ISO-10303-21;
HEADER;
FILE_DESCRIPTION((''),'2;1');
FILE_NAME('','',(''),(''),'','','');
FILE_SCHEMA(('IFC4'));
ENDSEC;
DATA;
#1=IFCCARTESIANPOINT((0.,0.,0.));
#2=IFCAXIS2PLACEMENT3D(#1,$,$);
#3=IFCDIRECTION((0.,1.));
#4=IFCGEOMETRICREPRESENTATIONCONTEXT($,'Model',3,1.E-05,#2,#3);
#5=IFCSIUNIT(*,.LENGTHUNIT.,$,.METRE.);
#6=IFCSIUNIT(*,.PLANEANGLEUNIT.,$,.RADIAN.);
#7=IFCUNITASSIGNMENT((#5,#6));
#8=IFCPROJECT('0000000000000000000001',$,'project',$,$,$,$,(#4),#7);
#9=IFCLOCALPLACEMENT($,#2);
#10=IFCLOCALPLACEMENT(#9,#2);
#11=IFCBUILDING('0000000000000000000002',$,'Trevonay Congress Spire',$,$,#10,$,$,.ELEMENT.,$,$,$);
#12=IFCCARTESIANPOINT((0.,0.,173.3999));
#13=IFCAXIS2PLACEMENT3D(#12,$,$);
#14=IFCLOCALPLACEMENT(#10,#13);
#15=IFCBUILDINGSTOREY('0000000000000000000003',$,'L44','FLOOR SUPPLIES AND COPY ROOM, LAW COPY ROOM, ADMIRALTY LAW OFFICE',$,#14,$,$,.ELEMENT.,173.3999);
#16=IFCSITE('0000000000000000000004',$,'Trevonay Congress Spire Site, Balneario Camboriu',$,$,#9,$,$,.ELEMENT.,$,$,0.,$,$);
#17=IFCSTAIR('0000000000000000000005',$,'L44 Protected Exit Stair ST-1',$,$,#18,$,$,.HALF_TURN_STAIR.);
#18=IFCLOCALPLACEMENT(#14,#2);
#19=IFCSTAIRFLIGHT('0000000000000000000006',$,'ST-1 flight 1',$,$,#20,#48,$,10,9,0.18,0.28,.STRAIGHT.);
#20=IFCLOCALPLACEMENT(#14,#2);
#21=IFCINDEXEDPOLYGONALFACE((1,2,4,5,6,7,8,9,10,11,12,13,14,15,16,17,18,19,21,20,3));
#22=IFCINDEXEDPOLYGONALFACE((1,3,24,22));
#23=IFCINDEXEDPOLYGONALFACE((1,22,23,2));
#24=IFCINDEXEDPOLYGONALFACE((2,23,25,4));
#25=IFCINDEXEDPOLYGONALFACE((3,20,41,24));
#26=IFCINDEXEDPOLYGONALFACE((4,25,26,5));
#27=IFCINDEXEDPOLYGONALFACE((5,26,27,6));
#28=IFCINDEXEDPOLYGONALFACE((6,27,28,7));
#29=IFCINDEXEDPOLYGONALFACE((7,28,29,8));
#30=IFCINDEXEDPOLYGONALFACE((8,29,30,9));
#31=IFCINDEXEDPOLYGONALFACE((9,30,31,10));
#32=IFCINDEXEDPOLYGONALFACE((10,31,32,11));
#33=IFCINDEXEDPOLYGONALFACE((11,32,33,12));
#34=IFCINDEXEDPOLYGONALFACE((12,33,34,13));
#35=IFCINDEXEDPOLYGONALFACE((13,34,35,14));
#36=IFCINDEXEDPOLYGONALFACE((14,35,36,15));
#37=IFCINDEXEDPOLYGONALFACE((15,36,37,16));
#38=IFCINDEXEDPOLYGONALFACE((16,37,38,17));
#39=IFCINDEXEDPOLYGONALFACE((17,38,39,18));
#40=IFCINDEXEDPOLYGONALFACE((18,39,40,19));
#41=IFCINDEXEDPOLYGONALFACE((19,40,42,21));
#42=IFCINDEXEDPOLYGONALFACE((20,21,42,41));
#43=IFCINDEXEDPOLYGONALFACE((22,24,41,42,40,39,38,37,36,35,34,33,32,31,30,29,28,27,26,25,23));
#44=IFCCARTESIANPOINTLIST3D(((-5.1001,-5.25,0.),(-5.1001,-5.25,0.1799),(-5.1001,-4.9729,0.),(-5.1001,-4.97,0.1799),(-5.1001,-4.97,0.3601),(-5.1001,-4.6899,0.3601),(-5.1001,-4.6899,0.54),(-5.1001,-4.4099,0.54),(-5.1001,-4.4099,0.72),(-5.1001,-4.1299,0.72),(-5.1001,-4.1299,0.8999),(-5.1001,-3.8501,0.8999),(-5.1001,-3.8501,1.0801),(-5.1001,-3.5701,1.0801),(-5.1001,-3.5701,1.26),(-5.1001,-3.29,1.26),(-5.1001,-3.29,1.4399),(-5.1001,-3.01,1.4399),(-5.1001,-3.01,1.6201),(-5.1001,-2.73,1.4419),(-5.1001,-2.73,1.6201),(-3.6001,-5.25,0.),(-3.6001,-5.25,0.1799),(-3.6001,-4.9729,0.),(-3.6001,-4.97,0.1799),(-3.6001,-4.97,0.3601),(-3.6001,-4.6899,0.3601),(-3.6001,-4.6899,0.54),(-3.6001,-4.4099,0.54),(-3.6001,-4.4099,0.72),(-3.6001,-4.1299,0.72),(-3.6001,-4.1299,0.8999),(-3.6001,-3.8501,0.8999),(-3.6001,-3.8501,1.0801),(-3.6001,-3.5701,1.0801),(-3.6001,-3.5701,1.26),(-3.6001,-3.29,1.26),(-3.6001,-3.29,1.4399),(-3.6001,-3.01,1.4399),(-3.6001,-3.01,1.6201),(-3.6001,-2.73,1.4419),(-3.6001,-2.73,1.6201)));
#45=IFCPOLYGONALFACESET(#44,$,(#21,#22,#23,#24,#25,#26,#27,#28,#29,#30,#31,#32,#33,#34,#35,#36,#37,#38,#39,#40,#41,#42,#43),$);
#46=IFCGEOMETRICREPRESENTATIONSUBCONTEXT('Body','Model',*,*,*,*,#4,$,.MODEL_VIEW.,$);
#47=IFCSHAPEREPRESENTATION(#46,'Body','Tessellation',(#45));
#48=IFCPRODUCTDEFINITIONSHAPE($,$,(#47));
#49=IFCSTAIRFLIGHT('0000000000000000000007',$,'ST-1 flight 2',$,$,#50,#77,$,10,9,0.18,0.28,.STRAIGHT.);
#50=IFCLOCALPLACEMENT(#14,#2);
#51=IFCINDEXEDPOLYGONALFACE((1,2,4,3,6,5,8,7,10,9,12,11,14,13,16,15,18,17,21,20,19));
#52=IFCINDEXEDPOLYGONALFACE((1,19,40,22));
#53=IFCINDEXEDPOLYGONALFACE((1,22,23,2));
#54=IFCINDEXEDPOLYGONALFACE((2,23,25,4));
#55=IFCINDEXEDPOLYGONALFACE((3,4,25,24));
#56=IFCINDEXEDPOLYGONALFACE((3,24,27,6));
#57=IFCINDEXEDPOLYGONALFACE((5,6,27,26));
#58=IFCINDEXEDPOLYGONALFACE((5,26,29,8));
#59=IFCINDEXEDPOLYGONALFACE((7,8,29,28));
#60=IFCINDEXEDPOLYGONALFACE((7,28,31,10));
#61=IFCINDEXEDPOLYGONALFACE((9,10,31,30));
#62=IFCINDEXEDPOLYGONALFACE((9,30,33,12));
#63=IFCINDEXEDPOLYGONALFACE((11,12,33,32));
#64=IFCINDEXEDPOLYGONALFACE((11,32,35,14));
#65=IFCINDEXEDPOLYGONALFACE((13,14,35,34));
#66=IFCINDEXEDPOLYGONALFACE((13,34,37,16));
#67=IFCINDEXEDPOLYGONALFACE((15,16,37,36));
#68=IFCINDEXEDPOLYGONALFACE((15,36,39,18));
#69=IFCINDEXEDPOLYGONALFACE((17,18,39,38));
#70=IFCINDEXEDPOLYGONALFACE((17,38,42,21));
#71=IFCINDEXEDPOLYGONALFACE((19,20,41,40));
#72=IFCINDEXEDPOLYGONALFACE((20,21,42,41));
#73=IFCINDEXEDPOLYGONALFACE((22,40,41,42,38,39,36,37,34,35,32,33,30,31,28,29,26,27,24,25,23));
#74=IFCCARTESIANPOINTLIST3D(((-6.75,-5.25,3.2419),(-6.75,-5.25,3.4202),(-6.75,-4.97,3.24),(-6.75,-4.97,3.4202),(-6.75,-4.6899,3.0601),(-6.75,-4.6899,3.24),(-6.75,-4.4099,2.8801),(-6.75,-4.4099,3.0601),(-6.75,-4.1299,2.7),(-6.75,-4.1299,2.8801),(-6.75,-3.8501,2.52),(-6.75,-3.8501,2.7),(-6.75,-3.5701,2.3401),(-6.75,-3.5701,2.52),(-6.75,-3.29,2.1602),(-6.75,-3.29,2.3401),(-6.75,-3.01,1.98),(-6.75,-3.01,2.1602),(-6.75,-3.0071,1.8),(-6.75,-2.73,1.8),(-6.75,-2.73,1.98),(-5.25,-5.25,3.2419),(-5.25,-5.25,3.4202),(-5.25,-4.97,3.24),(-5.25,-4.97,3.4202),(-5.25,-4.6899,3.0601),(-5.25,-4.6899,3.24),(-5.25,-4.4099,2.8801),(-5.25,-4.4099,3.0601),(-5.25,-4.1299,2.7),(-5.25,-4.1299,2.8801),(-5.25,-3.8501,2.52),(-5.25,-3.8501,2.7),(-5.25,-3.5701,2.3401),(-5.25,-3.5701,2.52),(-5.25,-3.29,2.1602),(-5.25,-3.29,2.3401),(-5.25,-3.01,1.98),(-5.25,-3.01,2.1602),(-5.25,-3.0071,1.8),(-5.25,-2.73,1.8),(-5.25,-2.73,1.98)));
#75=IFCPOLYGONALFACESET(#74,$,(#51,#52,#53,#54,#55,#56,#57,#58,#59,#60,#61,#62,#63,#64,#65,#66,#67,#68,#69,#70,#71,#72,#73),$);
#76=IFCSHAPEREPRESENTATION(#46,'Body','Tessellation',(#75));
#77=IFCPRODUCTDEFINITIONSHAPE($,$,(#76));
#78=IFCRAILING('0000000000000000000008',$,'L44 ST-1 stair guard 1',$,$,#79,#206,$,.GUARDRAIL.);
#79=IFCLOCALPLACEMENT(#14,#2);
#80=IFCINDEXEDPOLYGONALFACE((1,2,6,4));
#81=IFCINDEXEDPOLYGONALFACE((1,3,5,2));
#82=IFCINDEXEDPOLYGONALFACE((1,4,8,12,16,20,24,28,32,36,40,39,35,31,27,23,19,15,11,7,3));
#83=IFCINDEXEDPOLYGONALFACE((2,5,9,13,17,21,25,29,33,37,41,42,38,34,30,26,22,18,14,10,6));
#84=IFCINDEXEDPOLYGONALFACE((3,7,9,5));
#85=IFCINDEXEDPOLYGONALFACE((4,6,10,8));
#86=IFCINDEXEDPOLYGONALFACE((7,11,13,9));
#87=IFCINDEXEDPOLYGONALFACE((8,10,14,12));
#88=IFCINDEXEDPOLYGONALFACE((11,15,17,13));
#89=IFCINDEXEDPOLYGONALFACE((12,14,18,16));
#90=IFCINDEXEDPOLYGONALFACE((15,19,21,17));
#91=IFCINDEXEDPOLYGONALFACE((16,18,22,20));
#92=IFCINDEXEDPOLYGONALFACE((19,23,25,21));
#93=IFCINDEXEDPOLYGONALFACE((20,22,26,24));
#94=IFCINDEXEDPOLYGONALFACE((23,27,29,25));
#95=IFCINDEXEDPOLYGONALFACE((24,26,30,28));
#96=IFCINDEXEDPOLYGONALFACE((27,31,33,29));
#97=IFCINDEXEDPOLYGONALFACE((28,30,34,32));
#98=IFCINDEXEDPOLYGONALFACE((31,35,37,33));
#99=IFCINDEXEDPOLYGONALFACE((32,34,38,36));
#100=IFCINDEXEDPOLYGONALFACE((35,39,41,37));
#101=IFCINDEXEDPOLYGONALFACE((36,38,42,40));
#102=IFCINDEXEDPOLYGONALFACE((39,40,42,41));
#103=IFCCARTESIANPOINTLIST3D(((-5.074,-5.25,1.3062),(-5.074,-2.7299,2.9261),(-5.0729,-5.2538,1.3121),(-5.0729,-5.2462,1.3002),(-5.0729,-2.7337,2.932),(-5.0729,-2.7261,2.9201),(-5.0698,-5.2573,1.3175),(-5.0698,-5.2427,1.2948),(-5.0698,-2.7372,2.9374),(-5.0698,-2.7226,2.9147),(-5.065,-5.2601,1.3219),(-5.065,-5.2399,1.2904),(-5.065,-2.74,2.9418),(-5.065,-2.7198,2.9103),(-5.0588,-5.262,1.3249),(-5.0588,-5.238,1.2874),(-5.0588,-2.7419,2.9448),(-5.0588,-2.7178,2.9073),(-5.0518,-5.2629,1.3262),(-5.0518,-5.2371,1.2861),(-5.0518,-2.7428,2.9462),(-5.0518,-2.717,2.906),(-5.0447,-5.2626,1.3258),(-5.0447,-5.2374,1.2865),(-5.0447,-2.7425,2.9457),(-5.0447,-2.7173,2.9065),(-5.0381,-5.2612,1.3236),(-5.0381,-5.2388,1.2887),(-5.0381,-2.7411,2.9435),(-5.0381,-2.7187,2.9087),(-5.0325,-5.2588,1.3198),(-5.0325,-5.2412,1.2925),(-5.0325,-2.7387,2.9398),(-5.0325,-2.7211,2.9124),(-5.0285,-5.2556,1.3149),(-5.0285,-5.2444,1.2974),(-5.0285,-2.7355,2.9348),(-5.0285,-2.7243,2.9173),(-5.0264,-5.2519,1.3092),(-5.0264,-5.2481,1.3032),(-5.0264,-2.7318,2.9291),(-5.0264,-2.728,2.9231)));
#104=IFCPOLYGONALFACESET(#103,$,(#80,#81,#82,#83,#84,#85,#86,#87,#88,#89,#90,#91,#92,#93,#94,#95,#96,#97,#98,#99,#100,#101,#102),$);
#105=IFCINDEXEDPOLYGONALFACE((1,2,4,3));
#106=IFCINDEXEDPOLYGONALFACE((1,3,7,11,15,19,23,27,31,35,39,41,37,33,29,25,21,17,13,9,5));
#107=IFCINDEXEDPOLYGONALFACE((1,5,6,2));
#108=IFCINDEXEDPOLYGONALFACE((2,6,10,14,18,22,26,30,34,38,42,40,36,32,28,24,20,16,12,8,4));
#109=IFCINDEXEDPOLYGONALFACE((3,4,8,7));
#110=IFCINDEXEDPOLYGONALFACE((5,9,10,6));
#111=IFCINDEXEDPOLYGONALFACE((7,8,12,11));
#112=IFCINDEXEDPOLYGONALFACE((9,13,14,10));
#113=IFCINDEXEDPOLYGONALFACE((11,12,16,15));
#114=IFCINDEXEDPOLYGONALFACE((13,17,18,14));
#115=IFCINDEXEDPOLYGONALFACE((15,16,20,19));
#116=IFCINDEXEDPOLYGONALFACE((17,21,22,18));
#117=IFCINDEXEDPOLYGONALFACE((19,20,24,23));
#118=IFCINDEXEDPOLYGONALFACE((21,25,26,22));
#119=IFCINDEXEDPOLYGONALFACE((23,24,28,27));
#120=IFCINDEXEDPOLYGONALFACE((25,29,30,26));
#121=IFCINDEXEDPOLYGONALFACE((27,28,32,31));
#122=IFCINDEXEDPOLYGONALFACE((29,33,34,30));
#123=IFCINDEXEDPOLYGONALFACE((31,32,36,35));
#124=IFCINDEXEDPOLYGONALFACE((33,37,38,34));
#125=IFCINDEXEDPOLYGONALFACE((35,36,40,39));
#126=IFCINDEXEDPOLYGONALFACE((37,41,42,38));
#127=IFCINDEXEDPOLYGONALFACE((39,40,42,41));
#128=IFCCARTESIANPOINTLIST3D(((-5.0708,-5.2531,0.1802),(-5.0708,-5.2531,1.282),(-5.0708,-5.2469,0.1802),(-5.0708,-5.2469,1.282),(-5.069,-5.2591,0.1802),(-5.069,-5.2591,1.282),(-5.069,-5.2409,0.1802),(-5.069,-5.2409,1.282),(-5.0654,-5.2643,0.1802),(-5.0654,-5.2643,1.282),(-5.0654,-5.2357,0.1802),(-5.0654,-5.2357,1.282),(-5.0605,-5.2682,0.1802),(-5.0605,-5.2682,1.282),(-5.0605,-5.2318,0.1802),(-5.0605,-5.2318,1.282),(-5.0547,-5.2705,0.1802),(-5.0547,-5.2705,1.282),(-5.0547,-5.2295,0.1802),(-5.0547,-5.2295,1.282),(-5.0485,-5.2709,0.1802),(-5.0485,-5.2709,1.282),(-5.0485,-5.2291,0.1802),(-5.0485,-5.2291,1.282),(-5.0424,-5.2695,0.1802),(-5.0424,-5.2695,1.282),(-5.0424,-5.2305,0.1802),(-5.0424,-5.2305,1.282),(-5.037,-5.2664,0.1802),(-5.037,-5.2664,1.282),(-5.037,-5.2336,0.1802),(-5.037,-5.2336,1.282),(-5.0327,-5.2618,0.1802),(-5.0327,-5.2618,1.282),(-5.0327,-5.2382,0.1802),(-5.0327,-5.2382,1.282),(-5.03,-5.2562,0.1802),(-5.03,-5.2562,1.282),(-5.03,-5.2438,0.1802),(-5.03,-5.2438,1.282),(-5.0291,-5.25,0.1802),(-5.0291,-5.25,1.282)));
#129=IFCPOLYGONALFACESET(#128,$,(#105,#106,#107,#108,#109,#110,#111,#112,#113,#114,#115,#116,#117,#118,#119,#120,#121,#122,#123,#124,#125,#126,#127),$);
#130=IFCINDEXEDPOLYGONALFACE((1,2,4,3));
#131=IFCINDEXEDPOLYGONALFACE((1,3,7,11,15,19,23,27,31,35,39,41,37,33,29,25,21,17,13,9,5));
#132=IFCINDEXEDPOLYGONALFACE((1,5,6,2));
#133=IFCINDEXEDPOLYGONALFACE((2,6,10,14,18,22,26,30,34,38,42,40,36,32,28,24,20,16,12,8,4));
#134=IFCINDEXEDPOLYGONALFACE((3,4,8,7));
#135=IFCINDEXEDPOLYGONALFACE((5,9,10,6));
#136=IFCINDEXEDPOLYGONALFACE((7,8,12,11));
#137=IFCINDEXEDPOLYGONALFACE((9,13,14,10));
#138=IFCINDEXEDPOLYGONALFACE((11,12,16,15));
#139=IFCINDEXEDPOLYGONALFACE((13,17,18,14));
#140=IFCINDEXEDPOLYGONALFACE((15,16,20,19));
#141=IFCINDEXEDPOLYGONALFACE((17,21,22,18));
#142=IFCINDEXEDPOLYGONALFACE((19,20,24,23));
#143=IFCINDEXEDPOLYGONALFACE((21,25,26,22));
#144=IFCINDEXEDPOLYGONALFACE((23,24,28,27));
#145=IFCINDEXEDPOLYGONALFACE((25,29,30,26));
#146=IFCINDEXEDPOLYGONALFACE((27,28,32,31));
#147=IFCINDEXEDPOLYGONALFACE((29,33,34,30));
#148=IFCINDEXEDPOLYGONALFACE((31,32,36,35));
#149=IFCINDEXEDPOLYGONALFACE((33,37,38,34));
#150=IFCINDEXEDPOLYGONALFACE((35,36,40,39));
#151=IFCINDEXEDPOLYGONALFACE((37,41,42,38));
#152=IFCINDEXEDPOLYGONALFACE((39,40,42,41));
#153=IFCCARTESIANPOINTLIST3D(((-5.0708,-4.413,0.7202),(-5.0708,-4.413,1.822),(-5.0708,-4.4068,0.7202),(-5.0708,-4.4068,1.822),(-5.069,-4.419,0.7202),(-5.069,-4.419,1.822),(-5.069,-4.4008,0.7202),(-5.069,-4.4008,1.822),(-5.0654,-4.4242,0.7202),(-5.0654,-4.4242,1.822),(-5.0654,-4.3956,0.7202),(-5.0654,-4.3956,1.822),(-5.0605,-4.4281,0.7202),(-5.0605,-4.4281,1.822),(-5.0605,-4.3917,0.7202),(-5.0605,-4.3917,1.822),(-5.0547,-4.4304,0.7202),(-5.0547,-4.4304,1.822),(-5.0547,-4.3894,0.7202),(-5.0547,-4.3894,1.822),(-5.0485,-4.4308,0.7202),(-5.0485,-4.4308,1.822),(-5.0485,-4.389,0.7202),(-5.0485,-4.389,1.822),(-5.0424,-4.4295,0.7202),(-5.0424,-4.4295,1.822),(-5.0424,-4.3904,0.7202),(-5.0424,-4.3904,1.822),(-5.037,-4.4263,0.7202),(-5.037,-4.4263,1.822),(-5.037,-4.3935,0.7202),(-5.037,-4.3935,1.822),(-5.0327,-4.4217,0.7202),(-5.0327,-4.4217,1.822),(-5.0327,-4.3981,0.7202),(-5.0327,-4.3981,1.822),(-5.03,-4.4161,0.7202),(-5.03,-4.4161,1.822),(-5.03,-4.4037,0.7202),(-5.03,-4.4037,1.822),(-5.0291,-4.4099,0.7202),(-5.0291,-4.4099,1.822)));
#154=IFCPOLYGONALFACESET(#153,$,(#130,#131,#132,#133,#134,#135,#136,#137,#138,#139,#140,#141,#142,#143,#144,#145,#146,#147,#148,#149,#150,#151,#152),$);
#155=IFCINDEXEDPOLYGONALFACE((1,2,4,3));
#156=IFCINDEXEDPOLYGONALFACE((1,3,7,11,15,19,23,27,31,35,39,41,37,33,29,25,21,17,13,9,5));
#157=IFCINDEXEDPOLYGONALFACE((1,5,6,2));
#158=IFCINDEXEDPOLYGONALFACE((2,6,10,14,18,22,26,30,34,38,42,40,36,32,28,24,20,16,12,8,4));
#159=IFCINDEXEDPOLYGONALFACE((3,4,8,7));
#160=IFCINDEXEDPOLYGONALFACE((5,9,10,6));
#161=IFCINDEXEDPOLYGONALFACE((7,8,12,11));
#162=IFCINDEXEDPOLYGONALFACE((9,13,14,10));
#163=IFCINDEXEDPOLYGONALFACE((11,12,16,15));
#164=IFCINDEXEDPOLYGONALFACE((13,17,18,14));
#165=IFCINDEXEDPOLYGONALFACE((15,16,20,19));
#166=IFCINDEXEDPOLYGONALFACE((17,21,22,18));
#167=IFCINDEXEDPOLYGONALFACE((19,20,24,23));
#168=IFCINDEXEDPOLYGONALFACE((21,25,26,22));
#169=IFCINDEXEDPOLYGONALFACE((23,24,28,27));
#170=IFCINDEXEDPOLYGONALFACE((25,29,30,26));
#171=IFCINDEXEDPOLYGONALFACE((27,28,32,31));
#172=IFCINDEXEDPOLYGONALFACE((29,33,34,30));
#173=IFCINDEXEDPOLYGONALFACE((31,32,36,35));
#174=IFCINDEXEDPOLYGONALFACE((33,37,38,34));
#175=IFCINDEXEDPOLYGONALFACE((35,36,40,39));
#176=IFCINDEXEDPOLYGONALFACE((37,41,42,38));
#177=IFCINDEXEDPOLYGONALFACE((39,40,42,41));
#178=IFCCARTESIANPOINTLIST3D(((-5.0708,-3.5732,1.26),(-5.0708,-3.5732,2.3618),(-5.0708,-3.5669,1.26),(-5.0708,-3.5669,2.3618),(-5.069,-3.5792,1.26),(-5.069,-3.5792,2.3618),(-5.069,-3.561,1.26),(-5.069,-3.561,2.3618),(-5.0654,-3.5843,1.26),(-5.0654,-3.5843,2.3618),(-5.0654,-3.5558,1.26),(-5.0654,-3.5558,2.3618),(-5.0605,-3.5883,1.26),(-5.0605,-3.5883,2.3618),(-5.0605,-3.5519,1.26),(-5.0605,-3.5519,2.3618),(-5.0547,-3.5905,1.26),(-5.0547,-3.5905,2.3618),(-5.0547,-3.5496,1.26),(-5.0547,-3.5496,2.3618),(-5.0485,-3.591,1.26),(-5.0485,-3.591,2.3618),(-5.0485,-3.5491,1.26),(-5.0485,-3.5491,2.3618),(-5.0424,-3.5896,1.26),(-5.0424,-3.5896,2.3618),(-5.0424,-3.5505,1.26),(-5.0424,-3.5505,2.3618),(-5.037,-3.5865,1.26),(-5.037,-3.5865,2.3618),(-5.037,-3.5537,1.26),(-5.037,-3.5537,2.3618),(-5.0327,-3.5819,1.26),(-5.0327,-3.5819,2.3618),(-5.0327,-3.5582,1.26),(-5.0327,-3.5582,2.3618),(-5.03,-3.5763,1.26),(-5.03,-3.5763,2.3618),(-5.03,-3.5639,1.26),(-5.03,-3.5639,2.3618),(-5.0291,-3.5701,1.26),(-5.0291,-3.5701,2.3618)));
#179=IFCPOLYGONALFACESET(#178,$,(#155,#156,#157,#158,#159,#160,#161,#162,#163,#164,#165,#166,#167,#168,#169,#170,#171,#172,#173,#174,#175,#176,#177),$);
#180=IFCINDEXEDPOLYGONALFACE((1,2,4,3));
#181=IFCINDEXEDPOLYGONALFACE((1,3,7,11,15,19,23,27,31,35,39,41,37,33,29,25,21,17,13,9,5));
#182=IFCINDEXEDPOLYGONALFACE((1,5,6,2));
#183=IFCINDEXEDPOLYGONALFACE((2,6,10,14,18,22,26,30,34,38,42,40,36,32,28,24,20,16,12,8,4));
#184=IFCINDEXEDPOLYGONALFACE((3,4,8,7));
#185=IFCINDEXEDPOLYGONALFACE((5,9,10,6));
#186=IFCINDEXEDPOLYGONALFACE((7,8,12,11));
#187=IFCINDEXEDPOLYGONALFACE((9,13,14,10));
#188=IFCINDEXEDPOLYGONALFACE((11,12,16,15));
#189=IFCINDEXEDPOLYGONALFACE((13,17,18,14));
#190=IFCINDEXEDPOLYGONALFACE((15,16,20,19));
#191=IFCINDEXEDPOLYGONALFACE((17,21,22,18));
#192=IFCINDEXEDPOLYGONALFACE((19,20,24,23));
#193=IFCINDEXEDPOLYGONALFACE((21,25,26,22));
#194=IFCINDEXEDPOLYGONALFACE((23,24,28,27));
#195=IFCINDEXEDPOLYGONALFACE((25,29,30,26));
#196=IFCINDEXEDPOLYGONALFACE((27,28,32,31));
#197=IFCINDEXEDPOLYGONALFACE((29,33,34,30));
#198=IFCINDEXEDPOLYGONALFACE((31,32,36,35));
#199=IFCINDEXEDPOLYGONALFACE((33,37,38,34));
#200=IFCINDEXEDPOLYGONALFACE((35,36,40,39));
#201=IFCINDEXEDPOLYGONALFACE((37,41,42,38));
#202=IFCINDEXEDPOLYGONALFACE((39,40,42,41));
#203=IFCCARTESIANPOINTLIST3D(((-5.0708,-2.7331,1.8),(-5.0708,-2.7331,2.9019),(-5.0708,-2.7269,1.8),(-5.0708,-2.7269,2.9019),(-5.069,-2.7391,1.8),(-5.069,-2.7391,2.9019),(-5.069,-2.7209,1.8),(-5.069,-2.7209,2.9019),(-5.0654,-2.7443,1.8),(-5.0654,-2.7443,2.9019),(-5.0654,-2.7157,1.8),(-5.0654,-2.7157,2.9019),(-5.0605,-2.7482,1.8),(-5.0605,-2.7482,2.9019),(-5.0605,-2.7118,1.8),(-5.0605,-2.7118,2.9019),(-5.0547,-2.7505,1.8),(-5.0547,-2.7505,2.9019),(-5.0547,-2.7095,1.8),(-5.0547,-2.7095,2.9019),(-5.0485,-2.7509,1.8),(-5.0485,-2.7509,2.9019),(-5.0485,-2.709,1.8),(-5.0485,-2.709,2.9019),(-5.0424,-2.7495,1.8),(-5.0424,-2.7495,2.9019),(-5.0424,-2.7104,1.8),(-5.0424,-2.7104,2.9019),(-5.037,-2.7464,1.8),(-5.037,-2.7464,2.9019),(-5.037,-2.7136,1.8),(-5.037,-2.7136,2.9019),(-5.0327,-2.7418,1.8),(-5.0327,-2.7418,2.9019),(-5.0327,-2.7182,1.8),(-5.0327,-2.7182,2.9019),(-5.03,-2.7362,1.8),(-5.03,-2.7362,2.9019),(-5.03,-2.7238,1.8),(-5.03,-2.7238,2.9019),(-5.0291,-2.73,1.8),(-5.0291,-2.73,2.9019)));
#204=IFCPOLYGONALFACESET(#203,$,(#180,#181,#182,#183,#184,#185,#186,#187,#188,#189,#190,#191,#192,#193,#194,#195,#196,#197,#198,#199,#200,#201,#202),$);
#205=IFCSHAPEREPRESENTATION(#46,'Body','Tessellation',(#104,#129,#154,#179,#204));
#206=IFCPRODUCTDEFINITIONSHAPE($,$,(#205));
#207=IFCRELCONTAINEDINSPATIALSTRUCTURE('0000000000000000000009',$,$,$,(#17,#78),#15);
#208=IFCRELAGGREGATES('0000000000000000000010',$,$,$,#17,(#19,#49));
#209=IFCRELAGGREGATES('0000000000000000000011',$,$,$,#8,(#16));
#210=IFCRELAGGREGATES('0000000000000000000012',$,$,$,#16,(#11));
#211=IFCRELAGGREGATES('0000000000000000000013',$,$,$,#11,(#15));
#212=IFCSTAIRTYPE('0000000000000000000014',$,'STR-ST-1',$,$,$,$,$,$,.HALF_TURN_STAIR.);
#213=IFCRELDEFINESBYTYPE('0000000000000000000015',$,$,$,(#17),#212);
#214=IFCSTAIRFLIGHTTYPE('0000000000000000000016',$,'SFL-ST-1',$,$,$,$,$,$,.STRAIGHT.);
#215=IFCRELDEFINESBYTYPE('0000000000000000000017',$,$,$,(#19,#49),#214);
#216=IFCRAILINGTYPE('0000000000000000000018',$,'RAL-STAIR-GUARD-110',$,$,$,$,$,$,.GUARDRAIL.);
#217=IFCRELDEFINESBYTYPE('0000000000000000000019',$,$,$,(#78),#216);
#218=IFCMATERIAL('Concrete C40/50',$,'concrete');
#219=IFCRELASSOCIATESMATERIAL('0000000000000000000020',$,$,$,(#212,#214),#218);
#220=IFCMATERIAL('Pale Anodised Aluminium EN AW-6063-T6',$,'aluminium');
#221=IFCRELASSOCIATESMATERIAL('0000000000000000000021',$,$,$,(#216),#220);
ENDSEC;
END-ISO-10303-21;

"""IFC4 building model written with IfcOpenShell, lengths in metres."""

from ifc_helpers import new_model, si_unit, direction, frame, origin, origin_2d, place, context, subcontext, project, spatial, polyline, circle, outline, extrude, material, type_object, element, aggregate, save


model = new_model("IFC4")

# Units and contexts
model_context = context("Model", 3, precision=1e-05, world=origin(), true_north=direction((0.0, 1.0)))
body_context = subcontext(model_context, "Body", "Model", "MODEL_VIEW")
ifc_project = project(units=[si_unit("LENGTHUNIT", "METRE"), si_unit("PLANEANGLEUNIT", "RADIAN")], contexts=[model_context])

# Site, building, storey
site_placement = place(None, origin())
site = spatial("IfcSite", under=ifc_project, at=site_placement, Name="Trevonay Congress Spire Site, Balneario Camboriu", CompositionType="ELEMENT", RefElevation=0.0)
building_placement = place(site_placement, origin())
building = spatial("IfcBuilding", under=site, at=building_placement, Name="Trevonay Congress Spire", CompositionType="ELEMENT")
storey_placement = place(building_placement, frame((0.0, 0.0, 173.3999)))
storey = spatial("IfcBuildingStorey", under=building, at=storey_placement, Name="L44", Description="FLOOR SUPPLIES AND COPY ROOM, LAW COPY ROOM, ADMIRALTY LAW OFFICE", CompositionType="ELEMENT", Elevation=173.3999)

# Shared definitions
ifc_material_1 = material(Name="Concrete C40/50", Category="concrete")

# Stair, stair flights
stair_type = type_object("IfcStairType", Name="STR-ST-1", PredefinedType="HALF_TURN_STAIR", material=ifc_material_1)
stair_placement = place(storey_placement, origin())
stair = element("IfcStair", 1, at=stair_placement, inside=storey, type_object=stair_type, Name="L44 Protected Exit Stair ST-1", PredefinedType="HALF_TURN_STAIR")
stair_flight_type = type_object("IfcStairFlightType", Name="SFL-ST-1", PredefinedType="STRAIGHT", material=ifc_material_1)
stair_flight_1_placement = place(storey_placement, frame((-4.3501, -5.25, 0.0), z_axis=(0.0, 0.0, 1.0), x_axis=(0.0, 1.0, 0.0)))
stair_flight_1 = element("IfcStairFlight", 2, at=stair_flight_1_placement, type_object=stair_flight_type, Name="ST-1 flight 1", NumberOfRisers=10, NumberOfTreads=9, PredefinedType="STRAIGHT", RiserHeight=0.18, TreadLength=0.28, context=body_context, shape_type="SweptSolid", body=[
    extrude(outline(polyline([(0.0, 0.0), (0.0, 0.1799), (0.28, 0.1799), (0.28, 0.3601), (0.5601, 0.3601), (0.5601, 0.54), (0.8401, 0.54), (0.8401, 0.72), (1.1201, 0.72), (1.1201, 0.8999), (1.3999, 0.8999), (1.3999, 1.0801), (1.6799, 1.0801), (1.6799, 1.26), (1.96, 1.26), (1.96, 1.4399), (2.24, 1.4399), (2.24, 1.6201), (2.52, 1.6201), (2.52, 1.8), (2.52, 1.4419), (0.2771, 0.0), (0.0, 0.0)])), frame((0.0, 0.75, 0.0), z_axis=(0.0, -1.0, 0.0), x_axis=(1.0, 0.0, 0.0)), (0.0, 0.0, 1.0), 1.5),
])
stair_flight_2_placement = place(storey_placement, frame((-6.0, -2.73, 1.8), z_axis=(0.0, 0.0, 1.0), x_axis=(0.0, -1.0, 0.0)))
stair_flight_2 = element("IfcStairFlight", 3, at=stair_flight_2_placement, type_object=stair_flight_type, Name="ST-1 flight 2", NumberOfRisers=10, NumberOfTreads=9, PredefinedType="STRAIGHT", RiserHeight=0.18, TreadLength=0.28, context=body_context, shape_type="SweptSolid", body=[
    extrude(outline(polyline([(0.0, 0.0), (0.0, 0.1799), (0.28, 0.1799), (0.28, 0.3601), (0.5601, 0.3601), (0.5601, 0.54), (0.8401, 0.54), (0.8401, 0.72), (1.1201, 0.72), (1.1201, 0.8999), (1.3999, 0.8999), (1.3999, 1.0801), (1.6799, 1.0801), (1.6799, 1.26), (1.96, 1.26), (1.96, 1.4399), (2.24, 1.4399), (2.24, 1.6201), (2.52, 1.6201), (2.52, 1.8), (2.52, 1.4419), (0.2771, 0.0), (0.0, 0.0)])), frame((0.0, 0.75, 0.0), z_axis=(0.0, -1.0, 0.0), x_axis=(1.0, 0.0, 0.0)), (0.0, 0.0, 1.0), 1.5),
])
aggregate(stair, [stair_flight_1, stair_flight_2])

# Railing
ifc_material_2 = material(Name="Pale Anodised Aluminium EN AW-6063-T6", Category="aluminium")
railing_type_1 = type_object("IfcRailingType", Name="RAL-STAIR-GUARD-110", PredefinedType="GUARDRAIL", material=ifc_material_2)
railing_1_placement = place(storey_placement, frame((-5.05, -5.25, 0.1802)))
element("IfcRailing", 4, at=railing_1_placement, inside=storey, type_object=railing_type_1, Name="L44 ST-1 stair guard 1", PredefinedType="GUARDRAIL", context=body_context, shape_type="SweptSolid", body=[
    extrude(circle(Radius=0.0239, at=origin_2d()), frame((0.0, 0.0, 1.126), z_axis=(0.0, 0.8412, 0.540725), x_axis=(-1.0, 0.0, 0.0)), (0.0, 0.0, 1.0), 2.9958),
    extrude(circle(Radius=0.021, at=origin_2d()), origin(), (0.0, 0.0, 1.0), 1.1018),
    extrude(circle(Radius=0.021, at=origin_2d()), frame((0.0, 0.8401, 0.54)), (0.0, 0.0, 1.0), 1.1018),
    extrude(circle(Radius=0.021, at=origin_2d()), frame((0.0, 1.6799, 1.0798)), (0.0, 0.0, 1.0), 1.1018),
    extrude(circle(Radius=0.021, at=origin_2d()), frame((0.0, 2.52, 1.6199)), (0.0, 0.0, 1.0), 1.1018),
])

save(model, "model.ifc")
